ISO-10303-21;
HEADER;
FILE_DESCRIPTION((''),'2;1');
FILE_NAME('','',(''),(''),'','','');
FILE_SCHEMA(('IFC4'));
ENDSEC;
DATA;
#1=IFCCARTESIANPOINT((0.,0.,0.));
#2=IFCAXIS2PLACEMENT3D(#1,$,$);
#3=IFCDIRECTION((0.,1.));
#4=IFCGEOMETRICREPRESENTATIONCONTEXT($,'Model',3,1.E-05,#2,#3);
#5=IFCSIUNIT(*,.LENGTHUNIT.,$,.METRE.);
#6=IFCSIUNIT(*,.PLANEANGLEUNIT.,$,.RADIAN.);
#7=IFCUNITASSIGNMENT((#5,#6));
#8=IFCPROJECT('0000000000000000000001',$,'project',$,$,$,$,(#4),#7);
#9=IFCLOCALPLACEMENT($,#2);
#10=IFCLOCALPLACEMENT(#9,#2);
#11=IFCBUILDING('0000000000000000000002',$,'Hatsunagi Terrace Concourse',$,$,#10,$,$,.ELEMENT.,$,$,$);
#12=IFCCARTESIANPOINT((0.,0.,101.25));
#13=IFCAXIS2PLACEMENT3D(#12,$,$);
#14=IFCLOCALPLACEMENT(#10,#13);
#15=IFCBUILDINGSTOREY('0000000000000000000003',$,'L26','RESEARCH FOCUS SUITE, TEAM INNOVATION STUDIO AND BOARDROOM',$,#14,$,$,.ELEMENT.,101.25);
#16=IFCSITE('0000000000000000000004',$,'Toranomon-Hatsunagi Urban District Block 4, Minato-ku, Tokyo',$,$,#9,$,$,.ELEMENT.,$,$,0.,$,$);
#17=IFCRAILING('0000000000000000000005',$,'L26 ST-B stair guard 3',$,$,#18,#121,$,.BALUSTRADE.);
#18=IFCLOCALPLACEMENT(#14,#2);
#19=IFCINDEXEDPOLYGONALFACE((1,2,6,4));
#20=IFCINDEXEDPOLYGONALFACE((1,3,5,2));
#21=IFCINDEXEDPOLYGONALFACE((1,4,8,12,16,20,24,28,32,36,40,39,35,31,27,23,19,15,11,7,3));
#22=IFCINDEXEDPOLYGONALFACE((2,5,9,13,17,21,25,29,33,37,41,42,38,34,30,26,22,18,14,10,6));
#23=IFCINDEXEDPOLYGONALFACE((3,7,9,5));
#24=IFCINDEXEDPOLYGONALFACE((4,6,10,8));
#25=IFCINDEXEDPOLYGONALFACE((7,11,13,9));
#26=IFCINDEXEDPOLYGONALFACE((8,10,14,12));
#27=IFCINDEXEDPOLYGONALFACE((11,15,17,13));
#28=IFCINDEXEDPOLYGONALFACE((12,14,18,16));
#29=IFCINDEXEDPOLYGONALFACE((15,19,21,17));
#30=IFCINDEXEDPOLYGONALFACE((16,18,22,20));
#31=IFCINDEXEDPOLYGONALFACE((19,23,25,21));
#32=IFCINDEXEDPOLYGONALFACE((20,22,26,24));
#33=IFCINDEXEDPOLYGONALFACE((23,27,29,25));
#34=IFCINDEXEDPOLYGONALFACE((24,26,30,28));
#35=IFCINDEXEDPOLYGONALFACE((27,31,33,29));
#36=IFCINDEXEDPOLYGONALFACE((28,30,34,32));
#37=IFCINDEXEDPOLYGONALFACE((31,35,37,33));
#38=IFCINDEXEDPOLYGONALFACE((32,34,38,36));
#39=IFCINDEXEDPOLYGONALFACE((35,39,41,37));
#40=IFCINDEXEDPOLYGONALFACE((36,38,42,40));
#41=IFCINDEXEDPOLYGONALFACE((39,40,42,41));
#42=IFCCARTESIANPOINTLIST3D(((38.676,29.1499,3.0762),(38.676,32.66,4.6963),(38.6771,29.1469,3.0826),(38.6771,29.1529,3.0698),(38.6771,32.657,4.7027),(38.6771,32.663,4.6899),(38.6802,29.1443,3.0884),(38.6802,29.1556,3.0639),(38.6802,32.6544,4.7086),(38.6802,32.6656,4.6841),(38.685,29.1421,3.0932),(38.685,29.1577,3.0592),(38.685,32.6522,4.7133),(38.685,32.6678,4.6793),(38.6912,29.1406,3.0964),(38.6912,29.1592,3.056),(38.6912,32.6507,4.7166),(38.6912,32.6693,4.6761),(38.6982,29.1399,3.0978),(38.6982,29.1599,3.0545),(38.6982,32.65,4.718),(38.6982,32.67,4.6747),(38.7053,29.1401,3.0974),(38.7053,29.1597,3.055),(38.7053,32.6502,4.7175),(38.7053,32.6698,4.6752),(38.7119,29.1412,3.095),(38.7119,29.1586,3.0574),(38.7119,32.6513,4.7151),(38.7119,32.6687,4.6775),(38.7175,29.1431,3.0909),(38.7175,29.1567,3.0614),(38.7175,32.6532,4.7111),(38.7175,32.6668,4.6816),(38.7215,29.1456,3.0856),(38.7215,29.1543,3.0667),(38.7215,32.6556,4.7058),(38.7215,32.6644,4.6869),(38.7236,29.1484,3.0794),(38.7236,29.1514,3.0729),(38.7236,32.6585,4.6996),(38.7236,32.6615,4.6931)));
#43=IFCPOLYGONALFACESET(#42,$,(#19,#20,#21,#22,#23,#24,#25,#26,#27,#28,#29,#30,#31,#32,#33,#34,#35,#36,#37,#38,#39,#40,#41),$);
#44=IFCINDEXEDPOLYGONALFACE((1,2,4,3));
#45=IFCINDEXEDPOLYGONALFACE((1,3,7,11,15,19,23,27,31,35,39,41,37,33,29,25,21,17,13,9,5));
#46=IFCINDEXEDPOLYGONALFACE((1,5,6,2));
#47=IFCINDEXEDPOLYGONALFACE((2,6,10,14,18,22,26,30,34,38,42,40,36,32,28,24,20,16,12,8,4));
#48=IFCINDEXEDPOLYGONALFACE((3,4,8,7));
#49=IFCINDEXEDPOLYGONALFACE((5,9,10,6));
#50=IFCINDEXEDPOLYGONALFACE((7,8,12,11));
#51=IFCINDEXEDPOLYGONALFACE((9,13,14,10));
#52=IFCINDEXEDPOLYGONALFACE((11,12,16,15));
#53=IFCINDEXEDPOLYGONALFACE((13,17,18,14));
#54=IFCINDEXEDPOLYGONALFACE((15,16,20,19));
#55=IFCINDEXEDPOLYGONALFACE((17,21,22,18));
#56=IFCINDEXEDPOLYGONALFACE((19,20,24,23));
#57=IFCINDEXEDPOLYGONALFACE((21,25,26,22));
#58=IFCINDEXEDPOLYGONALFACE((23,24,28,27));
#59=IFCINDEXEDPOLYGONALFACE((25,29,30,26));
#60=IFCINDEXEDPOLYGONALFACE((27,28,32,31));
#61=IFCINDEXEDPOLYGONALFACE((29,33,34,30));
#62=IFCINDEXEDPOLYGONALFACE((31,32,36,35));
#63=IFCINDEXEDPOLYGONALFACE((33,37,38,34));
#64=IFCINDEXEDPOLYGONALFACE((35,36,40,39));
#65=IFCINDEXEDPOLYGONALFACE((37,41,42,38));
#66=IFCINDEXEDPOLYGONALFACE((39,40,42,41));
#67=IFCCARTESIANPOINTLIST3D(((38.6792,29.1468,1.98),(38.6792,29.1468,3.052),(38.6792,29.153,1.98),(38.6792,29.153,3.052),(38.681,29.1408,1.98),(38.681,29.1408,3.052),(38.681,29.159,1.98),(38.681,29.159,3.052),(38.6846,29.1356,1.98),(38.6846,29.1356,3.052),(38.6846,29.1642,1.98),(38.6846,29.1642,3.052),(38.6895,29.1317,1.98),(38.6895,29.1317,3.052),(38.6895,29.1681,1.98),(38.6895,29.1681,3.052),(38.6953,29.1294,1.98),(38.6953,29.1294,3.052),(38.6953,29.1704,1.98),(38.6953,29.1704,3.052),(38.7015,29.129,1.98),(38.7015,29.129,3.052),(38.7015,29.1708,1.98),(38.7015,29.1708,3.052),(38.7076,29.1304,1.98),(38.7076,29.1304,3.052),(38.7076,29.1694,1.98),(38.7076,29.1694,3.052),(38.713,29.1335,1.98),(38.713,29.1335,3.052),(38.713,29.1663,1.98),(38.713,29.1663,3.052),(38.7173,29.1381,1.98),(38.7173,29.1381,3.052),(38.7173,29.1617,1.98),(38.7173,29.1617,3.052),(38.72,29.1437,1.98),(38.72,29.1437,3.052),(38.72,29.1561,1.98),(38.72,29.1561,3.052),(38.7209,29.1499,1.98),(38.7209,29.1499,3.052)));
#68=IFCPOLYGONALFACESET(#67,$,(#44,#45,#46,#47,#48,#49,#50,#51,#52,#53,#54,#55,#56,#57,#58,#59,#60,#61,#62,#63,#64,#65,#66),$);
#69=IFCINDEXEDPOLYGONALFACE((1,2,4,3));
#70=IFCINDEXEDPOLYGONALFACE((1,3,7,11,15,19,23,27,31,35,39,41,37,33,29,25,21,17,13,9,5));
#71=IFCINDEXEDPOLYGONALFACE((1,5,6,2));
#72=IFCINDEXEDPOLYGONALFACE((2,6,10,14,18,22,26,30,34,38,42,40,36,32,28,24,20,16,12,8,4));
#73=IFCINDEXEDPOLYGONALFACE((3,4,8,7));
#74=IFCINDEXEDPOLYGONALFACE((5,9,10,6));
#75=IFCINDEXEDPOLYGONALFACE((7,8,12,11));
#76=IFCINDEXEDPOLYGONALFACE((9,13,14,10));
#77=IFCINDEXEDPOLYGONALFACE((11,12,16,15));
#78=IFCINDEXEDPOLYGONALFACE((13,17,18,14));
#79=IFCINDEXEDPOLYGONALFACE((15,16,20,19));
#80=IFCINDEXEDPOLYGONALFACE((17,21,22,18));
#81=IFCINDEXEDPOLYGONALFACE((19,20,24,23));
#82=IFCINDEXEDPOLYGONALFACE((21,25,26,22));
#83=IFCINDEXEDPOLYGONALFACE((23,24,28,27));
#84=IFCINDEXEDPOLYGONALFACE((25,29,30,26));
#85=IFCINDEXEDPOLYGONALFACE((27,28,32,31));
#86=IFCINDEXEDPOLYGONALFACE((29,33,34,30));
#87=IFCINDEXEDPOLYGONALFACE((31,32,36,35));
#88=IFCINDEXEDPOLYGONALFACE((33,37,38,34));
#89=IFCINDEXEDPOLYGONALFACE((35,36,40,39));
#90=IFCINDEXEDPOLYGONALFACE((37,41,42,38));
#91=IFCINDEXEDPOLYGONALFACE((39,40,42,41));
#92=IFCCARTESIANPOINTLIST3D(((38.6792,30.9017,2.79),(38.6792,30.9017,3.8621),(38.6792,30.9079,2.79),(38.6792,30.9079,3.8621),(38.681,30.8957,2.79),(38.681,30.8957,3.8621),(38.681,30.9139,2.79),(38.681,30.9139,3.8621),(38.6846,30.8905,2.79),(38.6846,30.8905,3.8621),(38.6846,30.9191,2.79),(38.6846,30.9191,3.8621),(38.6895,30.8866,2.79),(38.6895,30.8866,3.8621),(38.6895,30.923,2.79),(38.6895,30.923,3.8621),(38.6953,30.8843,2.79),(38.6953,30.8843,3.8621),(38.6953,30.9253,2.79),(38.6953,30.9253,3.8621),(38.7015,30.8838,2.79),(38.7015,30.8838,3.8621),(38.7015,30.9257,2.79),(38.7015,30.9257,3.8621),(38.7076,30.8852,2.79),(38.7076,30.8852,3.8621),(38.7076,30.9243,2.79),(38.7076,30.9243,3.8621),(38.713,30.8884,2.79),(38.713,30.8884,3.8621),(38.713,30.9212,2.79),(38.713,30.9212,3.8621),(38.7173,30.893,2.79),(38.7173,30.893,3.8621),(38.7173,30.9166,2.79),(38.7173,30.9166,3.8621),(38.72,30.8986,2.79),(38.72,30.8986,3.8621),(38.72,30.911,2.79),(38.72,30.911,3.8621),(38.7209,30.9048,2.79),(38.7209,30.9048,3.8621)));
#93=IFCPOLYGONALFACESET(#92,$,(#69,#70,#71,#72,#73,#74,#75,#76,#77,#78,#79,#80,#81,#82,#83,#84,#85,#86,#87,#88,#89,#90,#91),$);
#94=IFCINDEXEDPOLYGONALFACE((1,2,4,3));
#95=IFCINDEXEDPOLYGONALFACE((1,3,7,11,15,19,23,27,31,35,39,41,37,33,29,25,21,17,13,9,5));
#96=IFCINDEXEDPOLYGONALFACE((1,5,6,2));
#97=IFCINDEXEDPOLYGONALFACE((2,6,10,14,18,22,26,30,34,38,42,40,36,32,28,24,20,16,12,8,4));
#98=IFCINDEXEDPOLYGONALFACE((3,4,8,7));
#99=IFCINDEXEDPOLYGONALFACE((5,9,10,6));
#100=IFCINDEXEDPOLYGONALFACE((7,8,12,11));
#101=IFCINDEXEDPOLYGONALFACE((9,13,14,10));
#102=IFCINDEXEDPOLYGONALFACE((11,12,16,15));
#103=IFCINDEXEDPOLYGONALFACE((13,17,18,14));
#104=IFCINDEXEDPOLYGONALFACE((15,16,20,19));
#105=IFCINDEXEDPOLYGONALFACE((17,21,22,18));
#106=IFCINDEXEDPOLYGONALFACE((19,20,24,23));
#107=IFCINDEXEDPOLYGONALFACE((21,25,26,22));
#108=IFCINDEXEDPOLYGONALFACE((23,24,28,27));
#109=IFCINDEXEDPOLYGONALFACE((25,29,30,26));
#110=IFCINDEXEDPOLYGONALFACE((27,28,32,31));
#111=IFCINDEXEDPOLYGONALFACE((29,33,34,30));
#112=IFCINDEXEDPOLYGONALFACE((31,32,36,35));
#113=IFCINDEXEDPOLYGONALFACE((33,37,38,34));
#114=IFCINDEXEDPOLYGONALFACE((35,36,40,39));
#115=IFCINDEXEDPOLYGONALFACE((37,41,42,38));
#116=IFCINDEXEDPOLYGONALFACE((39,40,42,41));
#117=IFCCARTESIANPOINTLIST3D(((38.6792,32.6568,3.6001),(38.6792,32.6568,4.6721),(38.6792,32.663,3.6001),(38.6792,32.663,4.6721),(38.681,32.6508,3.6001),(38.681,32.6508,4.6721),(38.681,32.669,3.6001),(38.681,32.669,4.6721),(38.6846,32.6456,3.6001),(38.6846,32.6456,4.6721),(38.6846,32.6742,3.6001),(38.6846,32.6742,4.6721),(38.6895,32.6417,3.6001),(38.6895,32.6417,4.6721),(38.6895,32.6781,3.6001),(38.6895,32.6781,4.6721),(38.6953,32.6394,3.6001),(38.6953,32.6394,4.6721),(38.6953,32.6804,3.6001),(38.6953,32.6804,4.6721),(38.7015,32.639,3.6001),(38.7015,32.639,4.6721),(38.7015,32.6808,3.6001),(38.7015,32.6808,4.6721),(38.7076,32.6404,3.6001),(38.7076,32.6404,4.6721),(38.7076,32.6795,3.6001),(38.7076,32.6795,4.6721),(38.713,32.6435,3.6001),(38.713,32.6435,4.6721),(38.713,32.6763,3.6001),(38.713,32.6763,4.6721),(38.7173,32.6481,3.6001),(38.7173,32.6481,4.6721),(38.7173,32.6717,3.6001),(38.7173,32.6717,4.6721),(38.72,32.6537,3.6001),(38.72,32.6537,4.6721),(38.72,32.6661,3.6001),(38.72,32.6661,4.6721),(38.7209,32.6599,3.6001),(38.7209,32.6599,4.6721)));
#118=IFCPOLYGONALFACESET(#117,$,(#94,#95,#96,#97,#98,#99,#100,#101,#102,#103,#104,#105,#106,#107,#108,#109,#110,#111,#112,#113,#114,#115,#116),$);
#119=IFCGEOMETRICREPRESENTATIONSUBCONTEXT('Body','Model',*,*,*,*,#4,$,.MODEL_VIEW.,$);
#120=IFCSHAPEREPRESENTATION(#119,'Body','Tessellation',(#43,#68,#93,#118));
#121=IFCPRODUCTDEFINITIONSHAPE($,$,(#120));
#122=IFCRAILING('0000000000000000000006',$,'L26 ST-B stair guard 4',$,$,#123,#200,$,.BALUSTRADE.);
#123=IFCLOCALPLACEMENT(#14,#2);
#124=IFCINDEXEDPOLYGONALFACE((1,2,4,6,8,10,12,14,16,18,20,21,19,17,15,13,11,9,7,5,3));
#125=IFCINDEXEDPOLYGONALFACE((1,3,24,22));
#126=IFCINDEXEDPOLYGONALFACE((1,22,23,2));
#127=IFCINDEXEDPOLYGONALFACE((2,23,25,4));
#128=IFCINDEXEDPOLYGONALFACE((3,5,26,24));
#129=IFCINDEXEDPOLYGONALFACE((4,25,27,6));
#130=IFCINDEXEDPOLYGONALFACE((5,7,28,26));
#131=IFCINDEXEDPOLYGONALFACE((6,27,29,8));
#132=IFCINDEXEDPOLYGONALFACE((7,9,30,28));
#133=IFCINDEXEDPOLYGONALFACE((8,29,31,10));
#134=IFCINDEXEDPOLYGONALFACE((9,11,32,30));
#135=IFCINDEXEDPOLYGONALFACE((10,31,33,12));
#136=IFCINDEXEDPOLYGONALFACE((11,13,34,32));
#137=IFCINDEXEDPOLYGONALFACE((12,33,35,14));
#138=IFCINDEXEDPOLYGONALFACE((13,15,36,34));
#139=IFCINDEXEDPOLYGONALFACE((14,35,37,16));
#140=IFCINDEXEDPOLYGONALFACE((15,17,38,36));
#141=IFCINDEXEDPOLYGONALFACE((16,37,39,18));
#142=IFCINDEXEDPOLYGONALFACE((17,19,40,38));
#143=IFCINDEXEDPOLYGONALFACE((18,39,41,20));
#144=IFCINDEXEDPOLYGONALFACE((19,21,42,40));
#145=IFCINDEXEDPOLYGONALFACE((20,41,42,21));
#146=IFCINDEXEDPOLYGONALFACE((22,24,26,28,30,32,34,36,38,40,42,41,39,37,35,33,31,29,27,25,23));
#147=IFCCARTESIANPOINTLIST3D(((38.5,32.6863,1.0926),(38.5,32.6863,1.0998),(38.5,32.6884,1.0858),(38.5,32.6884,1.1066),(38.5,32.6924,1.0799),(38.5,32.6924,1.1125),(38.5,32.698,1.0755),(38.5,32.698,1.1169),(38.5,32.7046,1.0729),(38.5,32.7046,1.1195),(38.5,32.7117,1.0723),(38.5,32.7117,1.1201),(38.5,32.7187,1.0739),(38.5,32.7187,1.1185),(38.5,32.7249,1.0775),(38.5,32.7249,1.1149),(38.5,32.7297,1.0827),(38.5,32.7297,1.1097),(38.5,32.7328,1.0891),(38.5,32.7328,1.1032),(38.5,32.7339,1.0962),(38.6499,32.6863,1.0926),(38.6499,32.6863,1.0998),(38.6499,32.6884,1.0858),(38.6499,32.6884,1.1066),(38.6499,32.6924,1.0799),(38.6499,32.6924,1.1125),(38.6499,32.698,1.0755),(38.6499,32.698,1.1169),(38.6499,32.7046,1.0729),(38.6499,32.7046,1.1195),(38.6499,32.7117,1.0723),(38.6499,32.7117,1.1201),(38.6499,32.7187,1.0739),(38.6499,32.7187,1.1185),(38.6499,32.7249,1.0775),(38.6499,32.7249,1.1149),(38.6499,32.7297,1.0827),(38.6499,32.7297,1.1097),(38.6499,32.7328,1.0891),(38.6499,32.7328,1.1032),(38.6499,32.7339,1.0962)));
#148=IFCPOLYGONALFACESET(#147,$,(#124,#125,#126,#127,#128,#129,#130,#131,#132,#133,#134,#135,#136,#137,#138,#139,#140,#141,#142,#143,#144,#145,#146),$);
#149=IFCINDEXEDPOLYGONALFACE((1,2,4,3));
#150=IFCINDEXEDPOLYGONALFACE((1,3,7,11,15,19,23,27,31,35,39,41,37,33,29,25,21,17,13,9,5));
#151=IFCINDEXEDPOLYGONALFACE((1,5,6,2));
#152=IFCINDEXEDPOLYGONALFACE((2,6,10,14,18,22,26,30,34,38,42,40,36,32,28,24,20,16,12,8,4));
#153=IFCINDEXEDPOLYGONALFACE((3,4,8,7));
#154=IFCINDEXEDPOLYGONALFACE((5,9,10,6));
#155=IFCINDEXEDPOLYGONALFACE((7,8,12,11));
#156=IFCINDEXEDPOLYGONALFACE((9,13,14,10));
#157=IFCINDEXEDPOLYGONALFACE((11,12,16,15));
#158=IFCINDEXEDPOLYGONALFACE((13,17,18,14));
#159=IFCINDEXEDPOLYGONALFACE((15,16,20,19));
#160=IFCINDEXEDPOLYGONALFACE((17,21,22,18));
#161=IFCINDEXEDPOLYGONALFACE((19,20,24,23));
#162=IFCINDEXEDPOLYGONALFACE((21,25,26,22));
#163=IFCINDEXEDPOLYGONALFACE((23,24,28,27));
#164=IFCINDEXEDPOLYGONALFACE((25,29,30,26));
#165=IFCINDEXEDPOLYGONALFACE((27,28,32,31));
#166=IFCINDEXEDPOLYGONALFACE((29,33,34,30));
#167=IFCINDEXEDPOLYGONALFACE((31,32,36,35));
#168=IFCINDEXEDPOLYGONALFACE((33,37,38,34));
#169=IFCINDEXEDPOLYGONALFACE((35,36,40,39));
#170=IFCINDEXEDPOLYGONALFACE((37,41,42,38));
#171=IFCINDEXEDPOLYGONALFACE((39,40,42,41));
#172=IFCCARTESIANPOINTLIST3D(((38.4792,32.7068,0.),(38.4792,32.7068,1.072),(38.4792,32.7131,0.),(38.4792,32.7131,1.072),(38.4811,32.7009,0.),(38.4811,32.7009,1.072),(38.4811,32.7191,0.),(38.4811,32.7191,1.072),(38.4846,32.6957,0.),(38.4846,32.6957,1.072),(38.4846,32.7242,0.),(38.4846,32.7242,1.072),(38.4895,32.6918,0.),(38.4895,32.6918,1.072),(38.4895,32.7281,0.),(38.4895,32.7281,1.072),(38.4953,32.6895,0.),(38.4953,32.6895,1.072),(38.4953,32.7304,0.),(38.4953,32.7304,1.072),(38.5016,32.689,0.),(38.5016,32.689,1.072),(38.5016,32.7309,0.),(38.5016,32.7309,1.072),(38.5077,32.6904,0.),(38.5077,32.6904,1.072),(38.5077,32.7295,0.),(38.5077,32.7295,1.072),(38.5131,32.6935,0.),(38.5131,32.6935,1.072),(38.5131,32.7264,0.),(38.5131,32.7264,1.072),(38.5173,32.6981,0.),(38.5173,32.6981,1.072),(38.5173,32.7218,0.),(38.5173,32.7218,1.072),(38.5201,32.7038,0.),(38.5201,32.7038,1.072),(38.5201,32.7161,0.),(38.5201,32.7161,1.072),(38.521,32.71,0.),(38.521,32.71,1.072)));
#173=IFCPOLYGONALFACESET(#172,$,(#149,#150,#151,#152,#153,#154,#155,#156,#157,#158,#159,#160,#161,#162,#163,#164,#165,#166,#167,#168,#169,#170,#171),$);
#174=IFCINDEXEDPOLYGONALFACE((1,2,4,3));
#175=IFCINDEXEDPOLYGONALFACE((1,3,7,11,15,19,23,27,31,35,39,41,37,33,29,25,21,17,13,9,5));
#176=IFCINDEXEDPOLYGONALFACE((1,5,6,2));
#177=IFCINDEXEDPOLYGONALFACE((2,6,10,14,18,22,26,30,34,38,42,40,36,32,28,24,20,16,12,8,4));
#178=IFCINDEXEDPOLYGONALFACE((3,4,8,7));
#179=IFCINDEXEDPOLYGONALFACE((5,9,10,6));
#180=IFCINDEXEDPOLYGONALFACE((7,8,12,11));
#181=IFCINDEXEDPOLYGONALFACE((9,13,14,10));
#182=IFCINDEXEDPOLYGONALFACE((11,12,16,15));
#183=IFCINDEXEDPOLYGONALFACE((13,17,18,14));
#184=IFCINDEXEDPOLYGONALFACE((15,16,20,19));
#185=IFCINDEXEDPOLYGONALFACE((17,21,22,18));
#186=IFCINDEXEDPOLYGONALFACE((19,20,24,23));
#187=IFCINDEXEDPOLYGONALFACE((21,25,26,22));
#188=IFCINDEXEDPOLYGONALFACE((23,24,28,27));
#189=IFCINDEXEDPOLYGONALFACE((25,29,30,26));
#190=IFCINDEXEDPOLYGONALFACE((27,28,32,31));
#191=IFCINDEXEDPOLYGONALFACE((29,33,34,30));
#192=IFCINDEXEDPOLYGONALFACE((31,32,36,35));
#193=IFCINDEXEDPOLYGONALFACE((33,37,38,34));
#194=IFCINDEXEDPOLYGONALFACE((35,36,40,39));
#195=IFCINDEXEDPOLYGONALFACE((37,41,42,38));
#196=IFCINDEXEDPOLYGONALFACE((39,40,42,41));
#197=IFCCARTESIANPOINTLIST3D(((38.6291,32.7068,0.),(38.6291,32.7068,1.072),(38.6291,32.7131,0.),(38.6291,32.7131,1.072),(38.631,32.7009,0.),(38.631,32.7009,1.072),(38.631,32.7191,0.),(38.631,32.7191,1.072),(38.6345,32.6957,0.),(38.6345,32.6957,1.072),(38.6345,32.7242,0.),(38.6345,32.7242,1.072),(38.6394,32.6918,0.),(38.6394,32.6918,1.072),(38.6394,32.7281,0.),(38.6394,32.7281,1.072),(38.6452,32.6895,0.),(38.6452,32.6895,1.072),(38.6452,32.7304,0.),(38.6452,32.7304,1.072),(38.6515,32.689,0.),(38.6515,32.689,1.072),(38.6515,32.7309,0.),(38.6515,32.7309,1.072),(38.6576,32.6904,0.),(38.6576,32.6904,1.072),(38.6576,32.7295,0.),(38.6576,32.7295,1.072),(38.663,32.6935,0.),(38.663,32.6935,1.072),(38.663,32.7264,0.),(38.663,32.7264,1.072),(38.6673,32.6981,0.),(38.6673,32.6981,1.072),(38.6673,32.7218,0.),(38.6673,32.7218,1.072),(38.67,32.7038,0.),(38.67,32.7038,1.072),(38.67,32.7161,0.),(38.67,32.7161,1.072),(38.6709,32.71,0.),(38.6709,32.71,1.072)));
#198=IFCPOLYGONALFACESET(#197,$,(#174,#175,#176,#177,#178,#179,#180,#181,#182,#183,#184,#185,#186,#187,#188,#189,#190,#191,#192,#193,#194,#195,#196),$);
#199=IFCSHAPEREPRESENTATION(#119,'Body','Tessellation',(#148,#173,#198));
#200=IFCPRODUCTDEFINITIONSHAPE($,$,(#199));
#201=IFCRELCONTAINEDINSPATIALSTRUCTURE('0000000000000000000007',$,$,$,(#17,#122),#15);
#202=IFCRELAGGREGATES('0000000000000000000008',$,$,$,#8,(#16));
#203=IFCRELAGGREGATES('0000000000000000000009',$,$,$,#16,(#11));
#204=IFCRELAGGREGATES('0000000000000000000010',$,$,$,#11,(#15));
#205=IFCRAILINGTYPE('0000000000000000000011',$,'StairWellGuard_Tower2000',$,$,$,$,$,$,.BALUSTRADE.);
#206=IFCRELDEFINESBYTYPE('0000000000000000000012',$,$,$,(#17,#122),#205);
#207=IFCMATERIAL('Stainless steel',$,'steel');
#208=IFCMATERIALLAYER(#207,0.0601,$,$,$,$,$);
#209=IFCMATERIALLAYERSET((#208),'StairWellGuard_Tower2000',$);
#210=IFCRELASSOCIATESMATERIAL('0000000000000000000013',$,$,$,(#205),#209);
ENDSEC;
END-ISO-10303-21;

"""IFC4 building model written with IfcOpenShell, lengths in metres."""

from ifc_helpers import new_model, si_unit, direction, frame, origin, origin_2d, place, context, subcontext, project, spatial, circle, extrude, material, layer, layer_set, type_object, element, save


model = new_model("IFC4")

# Units and contexts
model_context = context("Model", 3, precision=1e-05, world=origin(), true_north=direction((0.0, 1.0)))
body_context = subcontext(model_context, "Body", "Model", "MODEL_VIEW")
ifc_project = project(units=[si_unit("LENGTHUNIT", "METRE"), si_unit("PLANEANGLEUNIT", "RADIAN")], contexts=[model_context])

# Site, building, storey
site_placement = place(None, origin())
site = spatial("IfcSite", under=ifc_project, at=site_placement, Name="Toranomon-Hatsunagi Urban District Block 4, Minato-ku, Tokyo", CompositionType="ELEMENT", RefElevation=0.0)
building_placement = place(site_placement, origin())
building = spatial("IfcBuilding", under=site, at=building_placement, Name="Hatsunagi Terrace Concourse", CompositionType="ELEMENT")
storey_placement = place(building_placement, frame((0.0, 0.0, 101.25)))
storey = spatial("IfcBuildingStorey", under=building, at=storey_placement, Name="L26", Description="RESEARCH FOCUS SUITE, TEAM INNOVATION STUDIO AND BOARDROOM", CompositionType="ELEMENT", Elevation=101.25)

# Railings
ifc_material_1 = material(Name="Stainless steel", Category="steel")
ifc_layer_1 = layer(ifc_material_1, 0.0601)
ifc_layer_set_1 = layer_set([ifc_layer_1], Name="StairWellGuard_Tower2000")
railing_type_1 = type_object("IfcRailingType", Name="StairWellGuard_Tower2000", PredefinedType="BALUSTRADE", material=ifc_layer_set_1)
railing_1_placement = place(storey_placement, frame((38.7, 29.1499, 1.98)))
element("IfcRailing", 1, at=railing_1_placement, inside=storey, type_object=railing_type_1, Name="L26 ST-B stair guard 3", PredefinedType="BALUSTRADE", context=body_context, shape_type="SweptSolid", body=[
    extrude(circle(Radius=0.0239, at=origin_2d()), frame((0.0, 0.0, 1.0962), z_axis=(0.0, 0.907948, 0.419082), x_axis=(-1.0, 0.0, 0.0)), (0.0, 0.0, 1.0), 3.866),
    extrude(circle(Radius=0.021, at=origin_2d()), origin(), (0.0, 0.0, 1.0), 1.072),
    extrude(circle(Radius=0.021, at=origin_2d()), frame((0.0, 1.7549, 0.8101)), (0.0, 0.0, 1.0), 1.072),
    extrude(circle(Radius=0.021, at=origin_2d()), frame((0.0, 3.51, 1.6201)), (0.0, 0.0, 1.0), 1.072),
])
railing_2_placement = place(storey_placement, frame((38.5, 32.71, 0.0)))
element("IfcRailing", 2, at=railing_2_placement, inside=storey, type_object=railing_type_1, Name="L26 ST-B stair guard 4", PredefinedType="BALUSTRADE", context=body_context, shape_type="SweptSolid", body=[
    extrude(circle(Radius=0.0239, at=origin_2d()), frame((0.0, 0.0, 1.0962), z_axis=(1.0, 0.0, 0.0), x_axis=(0.0, 1.0, 0.0)), (0.0, 0.0, 1.0), 0.1499),
    extrude(circle(Radius=0.021, at=origin_2d()), origin(), (0.0, 0.0, 1.0), 1.072),
    extrude(circle(Radius=0.021, at=origin_2d()), frame((0.1499, 0.0, 0.0)), (0.0, 0.0, 1.0), 1.072),
])

save(model, "model.ifc")
